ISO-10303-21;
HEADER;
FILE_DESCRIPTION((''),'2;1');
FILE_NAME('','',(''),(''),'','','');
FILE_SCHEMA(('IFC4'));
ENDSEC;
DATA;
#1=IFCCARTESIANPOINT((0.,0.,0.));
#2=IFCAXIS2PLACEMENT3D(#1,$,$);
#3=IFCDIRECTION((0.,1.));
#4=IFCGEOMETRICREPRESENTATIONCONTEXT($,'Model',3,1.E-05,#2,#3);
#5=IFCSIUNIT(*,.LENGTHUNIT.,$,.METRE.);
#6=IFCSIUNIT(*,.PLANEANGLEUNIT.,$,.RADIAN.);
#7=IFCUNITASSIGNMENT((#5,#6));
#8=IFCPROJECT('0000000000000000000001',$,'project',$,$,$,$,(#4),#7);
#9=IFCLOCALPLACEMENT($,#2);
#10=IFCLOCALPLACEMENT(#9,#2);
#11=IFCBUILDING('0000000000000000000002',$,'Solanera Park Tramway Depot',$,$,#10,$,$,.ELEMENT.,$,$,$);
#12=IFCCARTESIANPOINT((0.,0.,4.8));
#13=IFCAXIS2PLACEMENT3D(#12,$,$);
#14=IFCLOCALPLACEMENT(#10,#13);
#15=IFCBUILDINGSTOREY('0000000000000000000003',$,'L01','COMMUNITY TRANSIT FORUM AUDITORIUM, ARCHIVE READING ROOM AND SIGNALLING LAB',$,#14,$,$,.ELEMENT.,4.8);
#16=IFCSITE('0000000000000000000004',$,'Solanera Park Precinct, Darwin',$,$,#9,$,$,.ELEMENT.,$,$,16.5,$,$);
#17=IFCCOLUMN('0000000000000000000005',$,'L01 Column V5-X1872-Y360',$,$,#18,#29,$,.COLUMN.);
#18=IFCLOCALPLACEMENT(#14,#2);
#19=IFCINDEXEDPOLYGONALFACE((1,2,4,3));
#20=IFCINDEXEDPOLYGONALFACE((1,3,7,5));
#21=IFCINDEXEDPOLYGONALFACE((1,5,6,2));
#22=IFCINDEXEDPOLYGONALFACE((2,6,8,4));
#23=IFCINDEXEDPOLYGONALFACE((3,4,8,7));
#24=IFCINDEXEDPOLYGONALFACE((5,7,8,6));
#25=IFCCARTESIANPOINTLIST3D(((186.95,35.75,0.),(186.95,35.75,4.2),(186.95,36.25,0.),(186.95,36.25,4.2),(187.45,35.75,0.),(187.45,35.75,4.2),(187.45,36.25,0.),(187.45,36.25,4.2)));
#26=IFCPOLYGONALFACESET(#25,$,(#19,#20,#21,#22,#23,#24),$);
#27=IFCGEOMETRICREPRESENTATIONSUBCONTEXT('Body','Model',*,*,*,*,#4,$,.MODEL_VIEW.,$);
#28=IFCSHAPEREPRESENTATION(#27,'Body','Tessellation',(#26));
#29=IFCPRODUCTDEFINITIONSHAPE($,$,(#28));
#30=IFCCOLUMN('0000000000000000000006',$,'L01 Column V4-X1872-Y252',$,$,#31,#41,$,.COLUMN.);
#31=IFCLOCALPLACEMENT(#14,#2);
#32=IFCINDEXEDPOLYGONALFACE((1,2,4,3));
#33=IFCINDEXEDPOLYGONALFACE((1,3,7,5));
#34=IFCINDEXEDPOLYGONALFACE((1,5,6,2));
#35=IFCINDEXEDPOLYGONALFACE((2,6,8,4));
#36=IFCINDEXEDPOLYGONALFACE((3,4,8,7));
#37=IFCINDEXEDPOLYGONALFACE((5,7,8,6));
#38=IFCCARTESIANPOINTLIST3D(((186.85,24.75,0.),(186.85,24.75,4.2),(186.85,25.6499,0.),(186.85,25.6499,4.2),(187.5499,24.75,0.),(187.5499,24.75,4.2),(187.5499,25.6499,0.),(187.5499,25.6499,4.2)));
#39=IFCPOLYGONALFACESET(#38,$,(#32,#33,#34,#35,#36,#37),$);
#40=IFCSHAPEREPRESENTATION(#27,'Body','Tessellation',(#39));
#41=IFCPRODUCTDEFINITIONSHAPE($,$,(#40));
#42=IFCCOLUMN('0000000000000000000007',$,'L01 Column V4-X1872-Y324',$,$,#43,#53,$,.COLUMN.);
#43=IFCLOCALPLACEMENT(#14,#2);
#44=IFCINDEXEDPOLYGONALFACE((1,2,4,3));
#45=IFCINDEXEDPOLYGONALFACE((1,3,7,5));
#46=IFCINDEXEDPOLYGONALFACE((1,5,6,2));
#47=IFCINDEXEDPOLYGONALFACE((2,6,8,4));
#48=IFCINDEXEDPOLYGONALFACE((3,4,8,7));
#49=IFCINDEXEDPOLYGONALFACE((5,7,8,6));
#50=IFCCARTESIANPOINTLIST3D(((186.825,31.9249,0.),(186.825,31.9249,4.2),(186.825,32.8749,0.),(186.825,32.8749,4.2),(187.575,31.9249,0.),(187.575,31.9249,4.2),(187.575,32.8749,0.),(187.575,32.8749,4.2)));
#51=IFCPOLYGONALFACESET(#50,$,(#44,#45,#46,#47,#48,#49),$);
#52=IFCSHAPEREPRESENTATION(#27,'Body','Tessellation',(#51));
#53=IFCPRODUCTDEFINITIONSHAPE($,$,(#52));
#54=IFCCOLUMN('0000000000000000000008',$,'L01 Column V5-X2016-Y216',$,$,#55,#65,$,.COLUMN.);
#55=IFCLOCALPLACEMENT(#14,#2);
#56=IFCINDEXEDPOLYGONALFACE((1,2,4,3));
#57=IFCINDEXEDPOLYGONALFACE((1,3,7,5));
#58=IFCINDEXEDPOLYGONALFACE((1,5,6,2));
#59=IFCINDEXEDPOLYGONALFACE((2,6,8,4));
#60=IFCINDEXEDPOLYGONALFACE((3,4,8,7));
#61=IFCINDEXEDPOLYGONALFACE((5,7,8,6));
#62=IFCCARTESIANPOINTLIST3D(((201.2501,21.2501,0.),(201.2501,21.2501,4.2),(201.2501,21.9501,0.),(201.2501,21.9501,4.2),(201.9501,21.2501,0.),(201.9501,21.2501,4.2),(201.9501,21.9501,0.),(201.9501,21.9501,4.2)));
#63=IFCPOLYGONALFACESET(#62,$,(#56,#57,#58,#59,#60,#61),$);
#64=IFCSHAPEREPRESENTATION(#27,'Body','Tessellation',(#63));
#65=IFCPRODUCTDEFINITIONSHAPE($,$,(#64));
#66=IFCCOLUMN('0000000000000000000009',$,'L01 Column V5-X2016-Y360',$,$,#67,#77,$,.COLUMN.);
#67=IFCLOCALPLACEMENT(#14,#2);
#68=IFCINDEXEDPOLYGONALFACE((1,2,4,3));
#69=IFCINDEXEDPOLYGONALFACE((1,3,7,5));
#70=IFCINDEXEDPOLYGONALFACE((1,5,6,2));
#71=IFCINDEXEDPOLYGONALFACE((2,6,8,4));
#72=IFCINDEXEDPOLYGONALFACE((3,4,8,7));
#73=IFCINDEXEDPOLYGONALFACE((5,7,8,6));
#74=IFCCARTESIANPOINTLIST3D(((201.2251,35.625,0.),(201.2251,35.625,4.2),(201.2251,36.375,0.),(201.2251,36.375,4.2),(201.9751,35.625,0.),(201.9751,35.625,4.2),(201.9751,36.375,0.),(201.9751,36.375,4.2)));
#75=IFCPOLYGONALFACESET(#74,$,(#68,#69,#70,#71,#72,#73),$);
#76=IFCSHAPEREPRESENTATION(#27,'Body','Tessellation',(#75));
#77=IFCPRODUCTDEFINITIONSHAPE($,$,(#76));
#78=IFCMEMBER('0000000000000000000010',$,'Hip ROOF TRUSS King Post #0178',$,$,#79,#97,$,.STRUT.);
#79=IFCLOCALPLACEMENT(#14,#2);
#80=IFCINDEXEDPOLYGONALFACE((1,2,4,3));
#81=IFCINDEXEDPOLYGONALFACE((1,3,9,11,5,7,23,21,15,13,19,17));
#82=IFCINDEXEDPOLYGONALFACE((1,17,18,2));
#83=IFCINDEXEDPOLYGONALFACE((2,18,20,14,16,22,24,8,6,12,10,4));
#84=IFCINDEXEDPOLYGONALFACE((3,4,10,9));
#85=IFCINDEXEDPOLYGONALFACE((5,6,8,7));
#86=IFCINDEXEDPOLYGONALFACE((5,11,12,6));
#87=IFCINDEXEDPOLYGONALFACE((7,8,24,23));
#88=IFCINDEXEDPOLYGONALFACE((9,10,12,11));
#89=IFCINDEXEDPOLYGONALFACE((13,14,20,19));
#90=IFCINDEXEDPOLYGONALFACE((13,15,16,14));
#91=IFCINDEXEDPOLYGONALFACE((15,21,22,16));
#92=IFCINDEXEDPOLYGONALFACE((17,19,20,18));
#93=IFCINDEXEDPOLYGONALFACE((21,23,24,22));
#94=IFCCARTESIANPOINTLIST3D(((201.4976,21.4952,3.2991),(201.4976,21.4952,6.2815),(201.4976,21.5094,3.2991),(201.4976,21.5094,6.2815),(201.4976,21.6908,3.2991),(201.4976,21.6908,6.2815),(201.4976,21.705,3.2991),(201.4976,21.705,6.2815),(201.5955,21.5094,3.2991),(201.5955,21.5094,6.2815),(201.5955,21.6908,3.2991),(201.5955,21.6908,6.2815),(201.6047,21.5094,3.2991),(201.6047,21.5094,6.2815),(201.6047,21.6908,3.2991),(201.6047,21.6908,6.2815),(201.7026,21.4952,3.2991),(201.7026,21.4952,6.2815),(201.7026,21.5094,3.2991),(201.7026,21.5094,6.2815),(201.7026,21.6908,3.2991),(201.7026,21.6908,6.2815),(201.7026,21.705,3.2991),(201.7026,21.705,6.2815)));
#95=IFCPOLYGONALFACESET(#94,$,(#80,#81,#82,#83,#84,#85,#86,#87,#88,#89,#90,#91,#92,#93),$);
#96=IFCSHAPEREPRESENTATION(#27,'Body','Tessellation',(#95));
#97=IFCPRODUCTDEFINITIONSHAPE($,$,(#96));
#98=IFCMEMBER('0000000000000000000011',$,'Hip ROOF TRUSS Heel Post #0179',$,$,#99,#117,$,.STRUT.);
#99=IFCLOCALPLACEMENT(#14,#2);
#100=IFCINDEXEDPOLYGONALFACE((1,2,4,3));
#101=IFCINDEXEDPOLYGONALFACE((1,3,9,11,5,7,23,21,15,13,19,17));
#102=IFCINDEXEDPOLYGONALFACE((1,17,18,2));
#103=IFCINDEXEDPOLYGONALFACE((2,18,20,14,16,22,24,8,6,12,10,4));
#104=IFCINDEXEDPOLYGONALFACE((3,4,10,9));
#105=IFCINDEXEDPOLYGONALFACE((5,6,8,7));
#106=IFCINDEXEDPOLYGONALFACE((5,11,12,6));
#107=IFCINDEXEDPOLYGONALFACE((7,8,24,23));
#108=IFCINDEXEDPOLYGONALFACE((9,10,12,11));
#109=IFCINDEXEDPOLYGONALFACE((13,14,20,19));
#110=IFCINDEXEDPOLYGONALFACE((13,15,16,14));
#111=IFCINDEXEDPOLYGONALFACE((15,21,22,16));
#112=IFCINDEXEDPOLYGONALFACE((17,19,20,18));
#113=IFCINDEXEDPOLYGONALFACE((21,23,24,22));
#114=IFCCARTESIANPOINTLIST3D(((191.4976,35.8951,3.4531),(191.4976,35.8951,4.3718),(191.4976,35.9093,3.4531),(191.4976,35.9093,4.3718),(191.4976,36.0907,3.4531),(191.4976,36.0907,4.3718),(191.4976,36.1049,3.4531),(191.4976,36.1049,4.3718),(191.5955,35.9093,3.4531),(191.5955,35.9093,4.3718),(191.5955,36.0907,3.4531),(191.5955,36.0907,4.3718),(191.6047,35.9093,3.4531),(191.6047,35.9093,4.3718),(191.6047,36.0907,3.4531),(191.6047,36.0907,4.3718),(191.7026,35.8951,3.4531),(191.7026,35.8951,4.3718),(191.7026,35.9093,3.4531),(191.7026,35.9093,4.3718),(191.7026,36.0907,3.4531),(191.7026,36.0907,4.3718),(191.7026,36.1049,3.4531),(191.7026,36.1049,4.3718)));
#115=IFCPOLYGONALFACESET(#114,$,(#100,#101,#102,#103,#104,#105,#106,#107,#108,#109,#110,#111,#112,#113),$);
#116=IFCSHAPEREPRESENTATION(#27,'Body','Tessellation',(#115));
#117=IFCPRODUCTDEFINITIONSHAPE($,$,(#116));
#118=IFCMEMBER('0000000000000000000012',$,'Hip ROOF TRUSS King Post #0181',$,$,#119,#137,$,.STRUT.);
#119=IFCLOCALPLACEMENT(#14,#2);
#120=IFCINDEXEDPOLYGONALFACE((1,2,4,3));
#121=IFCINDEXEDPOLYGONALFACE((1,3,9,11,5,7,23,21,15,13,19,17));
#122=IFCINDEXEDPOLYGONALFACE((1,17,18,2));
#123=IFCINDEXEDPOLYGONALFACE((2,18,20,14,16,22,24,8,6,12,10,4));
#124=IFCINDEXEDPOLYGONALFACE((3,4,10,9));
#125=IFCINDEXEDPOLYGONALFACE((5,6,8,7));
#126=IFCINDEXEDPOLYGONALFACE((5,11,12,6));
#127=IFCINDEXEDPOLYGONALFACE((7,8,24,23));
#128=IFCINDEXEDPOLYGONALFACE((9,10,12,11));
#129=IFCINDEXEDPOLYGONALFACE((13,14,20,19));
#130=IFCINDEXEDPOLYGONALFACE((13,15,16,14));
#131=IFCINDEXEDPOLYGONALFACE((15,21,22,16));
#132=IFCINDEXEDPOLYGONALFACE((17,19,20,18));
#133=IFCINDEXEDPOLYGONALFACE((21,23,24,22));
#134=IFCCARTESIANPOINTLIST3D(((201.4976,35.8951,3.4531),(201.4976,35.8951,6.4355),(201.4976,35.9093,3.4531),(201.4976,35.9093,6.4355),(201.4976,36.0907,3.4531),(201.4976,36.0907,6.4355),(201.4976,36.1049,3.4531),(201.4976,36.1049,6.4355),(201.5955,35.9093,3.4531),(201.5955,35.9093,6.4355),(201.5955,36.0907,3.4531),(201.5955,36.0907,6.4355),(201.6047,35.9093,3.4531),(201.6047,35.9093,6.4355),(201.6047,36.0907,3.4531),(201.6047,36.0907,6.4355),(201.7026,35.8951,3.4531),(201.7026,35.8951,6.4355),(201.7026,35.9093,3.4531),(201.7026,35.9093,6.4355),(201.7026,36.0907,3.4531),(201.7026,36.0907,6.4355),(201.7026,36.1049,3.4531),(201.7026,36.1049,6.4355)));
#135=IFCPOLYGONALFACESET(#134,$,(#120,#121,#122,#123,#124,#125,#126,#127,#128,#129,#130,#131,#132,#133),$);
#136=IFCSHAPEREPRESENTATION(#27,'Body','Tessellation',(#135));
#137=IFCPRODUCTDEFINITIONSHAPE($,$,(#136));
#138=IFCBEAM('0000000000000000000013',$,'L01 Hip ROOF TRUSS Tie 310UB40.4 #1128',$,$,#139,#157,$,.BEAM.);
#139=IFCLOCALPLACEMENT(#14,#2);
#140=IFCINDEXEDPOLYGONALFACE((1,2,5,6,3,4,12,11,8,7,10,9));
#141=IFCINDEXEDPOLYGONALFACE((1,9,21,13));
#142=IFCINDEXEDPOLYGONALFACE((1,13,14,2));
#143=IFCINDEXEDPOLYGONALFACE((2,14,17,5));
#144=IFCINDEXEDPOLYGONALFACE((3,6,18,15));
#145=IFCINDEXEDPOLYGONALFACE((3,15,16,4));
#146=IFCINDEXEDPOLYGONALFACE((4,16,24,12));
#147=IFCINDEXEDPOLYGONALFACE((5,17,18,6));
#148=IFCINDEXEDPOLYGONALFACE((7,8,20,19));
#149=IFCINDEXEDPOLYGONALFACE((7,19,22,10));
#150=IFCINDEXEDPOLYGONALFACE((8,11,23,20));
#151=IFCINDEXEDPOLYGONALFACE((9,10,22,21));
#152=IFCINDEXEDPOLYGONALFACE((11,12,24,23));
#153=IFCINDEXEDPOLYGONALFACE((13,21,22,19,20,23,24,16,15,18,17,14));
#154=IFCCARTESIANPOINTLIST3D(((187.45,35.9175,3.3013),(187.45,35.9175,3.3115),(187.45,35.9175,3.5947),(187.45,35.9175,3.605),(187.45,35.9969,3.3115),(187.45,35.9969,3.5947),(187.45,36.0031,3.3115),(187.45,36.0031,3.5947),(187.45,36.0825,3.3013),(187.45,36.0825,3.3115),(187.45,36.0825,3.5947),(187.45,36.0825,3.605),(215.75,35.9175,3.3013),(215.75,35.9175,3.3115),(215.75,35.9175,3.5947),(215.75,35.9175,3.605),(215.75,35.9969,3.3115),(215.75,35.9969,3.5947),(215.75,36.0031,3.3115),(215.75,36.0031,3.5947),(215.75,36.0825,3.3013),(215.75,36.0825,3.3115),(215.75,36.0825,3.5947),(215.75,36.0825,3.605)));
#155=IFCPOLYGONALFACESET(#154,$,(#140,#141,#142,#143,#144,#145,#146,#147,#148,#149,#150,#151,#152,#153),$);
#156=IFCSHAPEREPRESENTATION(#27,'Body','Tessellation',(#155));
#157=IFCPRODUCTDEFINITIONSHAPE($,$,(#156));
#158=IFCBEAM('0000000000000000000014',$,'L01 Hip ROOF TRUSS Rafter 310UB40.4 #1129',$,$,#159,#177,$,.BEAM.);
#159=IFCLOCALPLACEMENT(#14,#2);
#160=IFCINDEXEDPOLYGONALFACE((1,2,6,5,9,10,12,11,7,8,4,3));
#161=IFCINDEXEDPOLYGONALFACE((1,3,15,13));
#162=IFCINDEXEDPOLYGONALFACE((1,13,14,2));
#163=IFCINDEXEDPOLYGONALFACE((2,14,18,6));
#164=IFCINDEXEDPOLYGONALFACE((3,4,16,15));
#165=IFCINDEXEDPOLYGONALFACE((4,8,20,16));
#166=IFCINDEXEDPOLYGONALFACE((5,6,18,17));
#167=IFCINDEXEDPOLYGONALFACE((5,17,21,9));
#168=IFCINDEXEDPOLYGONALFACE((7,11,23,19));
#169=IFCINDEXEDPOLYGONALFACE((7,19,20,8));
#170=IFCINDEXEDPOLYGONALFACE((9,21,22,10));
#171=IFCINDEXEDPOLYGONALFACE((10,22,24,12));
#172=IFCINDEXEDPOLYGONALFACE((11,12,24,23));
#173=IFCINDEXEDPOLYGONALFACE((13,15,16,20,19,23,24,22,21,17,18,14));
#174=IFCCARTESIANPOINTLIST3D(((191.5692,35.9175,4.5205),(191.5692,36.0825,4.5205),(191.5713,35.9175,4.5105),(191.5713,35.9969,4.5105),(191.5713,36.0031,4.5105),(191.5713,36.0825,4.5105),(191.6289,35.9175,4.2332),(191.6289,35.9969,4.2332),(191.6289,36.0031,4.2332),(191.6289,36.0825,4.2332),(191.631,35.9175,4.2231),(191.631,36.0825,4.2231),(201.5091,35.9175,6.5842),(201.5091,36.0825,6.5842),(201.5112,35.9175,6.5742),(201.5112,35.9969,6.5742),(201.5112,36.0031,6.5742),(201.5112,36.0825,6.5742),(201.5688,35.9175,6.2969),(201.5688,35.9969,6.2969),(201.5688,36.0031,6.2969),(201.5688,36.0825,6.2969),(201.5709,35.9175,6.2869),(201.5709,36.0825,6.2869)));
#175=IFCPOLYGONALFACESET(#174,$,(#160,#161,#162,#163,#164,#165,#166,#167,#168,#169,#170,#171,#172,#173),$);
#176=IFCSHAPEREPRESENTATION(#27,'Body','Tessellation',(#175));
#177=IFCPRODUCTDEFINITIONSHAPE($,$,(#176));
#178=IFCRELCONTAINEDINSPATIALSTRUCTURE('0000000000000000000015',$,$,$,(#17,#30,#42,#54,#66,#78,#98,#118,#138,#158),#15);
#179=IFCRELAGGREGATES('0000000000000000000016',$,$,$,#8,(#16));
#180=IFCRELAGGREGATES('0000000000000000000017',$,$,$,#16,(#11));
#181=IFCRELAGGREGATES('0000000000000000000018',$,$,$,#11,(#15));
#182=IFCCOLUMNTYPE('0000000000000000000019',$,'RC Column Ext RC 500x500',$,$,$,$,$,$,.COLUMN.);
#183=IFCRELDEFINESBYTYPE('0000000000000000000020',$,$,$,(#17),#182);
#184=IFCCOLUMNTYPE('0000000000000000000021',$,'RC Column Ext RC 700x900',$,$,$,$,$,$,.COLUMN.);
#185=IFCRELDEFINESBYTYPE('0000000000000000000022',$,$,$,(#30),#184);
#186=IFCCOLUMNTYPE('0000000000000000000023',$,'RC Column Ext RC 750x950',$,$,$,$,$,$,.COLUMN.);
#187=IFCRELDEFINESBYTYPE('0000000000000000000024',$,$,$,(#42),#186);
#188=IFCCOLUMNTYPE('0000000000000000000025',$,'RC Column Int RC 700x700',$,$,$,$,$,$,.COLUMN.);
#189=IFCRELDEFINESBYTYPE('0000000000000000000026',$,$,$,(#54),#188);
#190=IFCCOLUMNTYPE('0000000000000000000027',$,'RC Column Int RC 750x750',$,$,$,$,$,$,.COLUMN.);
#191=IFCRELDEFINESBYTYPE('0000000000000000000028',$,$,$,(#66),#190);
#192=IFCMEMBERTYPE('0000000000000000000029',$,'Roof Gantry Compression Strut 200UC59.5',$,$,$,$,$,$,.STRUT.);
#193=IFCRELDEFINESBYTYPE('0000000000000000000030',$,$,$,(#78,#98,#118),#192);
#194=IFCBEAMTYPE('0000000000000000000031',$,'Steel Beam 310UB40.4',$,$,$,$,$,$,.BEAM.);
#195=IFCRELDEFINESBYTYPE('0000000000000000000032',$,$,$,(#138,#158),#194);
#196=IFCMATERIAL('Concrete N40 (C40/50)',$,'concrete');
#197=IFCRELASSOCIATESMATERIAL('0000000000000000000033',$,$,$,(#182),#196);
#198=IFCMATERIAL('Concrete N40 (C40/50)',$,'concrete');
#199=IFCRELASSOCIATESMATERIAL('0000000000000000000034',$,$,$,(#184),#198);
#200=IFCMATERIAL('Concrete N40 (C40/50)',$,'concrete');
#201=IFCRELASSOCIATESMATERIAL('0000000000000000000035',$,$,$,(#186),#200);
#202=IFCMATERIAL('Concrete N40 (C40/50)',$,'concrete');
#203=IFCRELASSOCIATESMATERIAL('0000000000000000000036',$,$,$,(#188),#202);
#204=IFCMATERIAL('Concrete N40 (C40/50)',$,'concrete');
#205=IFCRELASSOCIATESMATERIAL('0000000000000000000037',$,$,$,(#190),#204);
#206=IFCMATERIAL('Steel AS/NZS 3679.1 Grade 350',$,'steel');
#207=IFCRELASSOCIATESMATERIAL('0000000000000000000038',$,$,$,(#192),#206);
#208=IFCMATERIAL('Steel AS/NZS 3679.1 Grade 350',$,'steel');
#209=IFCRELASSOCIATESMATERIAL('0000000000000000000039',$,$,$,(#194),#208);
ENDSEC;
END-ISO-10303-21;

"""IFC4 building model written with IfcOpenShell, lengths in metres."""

from ifc_helpers import new_model, si_unit, direction, frame, origin, origin_2d, place, context, subcontext, project, spatial, rectangle, i_section, extrude, material, material_profile, profile_set, type_object, element, save


model = new_model("IFC4")

# Units and contexts
model_context = context("Model", 3, precision=1e-05, world=origin(), true_north=direction((0.0, 1.0)))
body_context = subcontext(model_context, "Body", "Model", "MODEL_VIEW")
ifc_project = project(units=[si_unit("LENGTHUNIT", "METRE"), si_unit("PLANEANGLEUNIT", "RADIAN")], contexts=[model_context])

# Site, building, storey
site_placement = place(None, origin())
site = spatial("IfcSite", under=ifc_project, at=site_placement, Name="Solanera Park Precinct, Darwin", CompositionType="ELEMENT", RefElevation=16.5)
building_placement = place(site_placement, origin())
building = spatial("IfcBuilding", under=site, at=building_placement, Name="Solanera Park Tramway Depot", CompositionType="ELEMENT")
storey_placement = place(building_placement, frame((0.0, 0.0, 4.8)))
storey = spatial("IfcBuildingStorey", under=building, at=storey_placement, Name="L01", Description="COMMUNITY TRANSIT FORUM AUDITORIUM, ARCHIVE READING ROOM AND SIGNALLING LAB", CompositionType="ELEMENT", Elevation=4.8)

# Columns
ifc_material_1 = material(Name="Concrete N40 (C40/50)", Category="concrete")
ifc_material_profile_1 = material_profile(ifc_material_1, rectangle(XDim=0.5, YDim=0.5, at=origin_2d()), Name="RC 500x500")
ifc_profile_set_1 = profile_set([ifc_material_profile_1], Name="Concrete N40 (C40/50)")
column_type_1 = type_object("IfcColumnType", Name="RC Column Ext RC 500x500", PredefinedType="COLUMN", material=ifc_profile_set_1)
column_1_placement = place(storey_placement, frame((187.2, 36.0, 0.0), z_axis=(0.0, 0.0, 1.0), x_axis=(1.0, 0.0, 0.0)))
element("IfcColumn", 1, at=column_1_placement, inside=storey, type_object=column_type_1, Name="L01 Column V5-X1872-Y360", PredefinedType="COLUMN", context=body_context, shape_type="SweptSolid", body=[
    extrude(rectangle(XDim=0.5, YDim=0.5, at=origin_2d()), origin(), (0.0, 0.0, 1.0), 4.2),
])
ifc_material_2 = material(Name="Concrete N40 (C40/50)", Category="concrete")
ifc_material_profile_2 = material_profile(ifc_material_2, rectangle(XDim=0.7, YDim=0.8999, at=origin_2d()), Name="RC 700x900")
ifc_profile_set_2 = profile_set([ifc_material_profile_2], Name="Concrete N40 (C40/50)")
column_type_2 = type_object("IfcColumnType", Name="RC Column Ext RC 700x900", PredefinedType="COLUMN", material=ifc_profile_set_2)
column_2_placement = place(storey_placement, frame((187.2, 25.2, 0.0), z_axis=(0.0, 0.0, 1.0), x_axis=(1.0, 0.0, 0.0)))
element("IfcColumn", 2, at=column_2_placement, inside=storey, type_object=column_type_2, Name="L01 Column V4-X1872-Y252", PredefinedType="COLUMN", context=body_context, shape_type="SweptSolid", body=[
    extrude(rectangle(XDim=0.7, YDim=0.8999, at=origin_2d()), origin(), (0.0, 0.0, 1.0), 4.2),
])
ifc_material_3 = material(Name="Concrete N40 (C40/50)", Category="concrete")
ifc_material_profile_3 = material_profile(ifc_material_3, rectangle(XDim=0.75, YDim=0.95, at=origin_2d()), Name="RC 750x950")
ifc_profile_set_3 = profile_set([ifc_material_profile_3], Name="Concrete N40 (C40/50)")
column_type_3 = type_object("IfcColumnType", Name="RC Column Ext RC 750x950", PredefinedType="COLUMN", material=ifc_profile_set_3)
column_3_placement = place(storey_placement, frame((187.2, 32.3999, 0.0), z_axis=(0.0, 0.0, 1.0), x_axis=(1.0, 0.0, 0.0)))
element("IfcColumn", 3, at=column_3_placement, inside=storey, type_object=column_type_3, Name="L01 Column V4-X1872-Y324", PredefinedType="COLUMN", context=body_context, shape_type="SweptSolid", body=[
    extrude(rectangle(XDim=0.75, YDim=0.95, at=origin_2d()), origin(), (0.0, 0.0, 1.0), 4.2),
])
ifc_material_4 = material(Name="Concrete N40 (C40/50)", Category="concrete")
ifc_material_profile_4 = material_profile(ifc_material_4, rectangle(XDim=0.7, YDim=0.7, at=origin_2d()), Name="RC 700x700")
ifc_profile_set_4 = profile_set([ifc_material_profile_4], Name="Concrete N40 (C40/50)")
column_type_4 = type_object("IfcColumnType", Name="RC Column Int RC 700x700", PredefinedType="COLUMN", material=ifc_profile_set_4)
column_4_placement = place(storey_placement, frame((201.6001, 21.6001, 0.0), z_axis=(0.0, 0.0, 1.0), x_axis=(1.0, 0.0, 0.0)))
element("IfcColumn", 4, at=column_4_placement, inside=storey, type_object=column_type_4, Name="L01 Column V5-X2016-Y216", PredefinedType="COLUMN", context=body_context, shape_type="SweptSolid", body=[
    extrude(rectangle(XDim=0.7, YDim=0.7, at=origin_2d()), origin(), (0.0, 0.0, 1.0), 4.2),
])
ifc_material_5 = material(Name="Concrete N40 (C40/50)", Category="concrete")
ifc_material_profile_5 = material_profile(ifc_material_5, rectangle(XDim=0.75, YDim=0.75, at=origin_2d()), Name="RC 750x750")
ifc_profile_set_5 = profile_set([ifc_material_profile_5], Name="Concrete N40 (C40/50)")
column_type_5 = type_object("IfcColumnType", Name="RC Column Int RC 750x750", PredefinedType="COLUMN", material=ifc_profile_set_5)
column_5_placement = place(storey_placement, frame((201.6001, 36.0, 0.0), z_axis=(0.0, 0.0, 1.0), x_axis=(1.0, 0.0, 0.0)))
element("IfcColumn", 5, at=column_5_placement, inside=storey, type_object=column_type_5, Name="L01 Column V5-X2016-Y360", PredefinedType="COLUMN", context=body_context, shape_type="SweptSolid", body=[
    extrude(rectangle(XDim=0.75, YDim=0.75, at=origin_2d()), origin(), (0.0, 0.0, 1.0), 4.2),
])

# Members
ifc_material_6 = material(Name="Steel AS/NZS 3679.1 Grade 350", Category="steel")
ifc_material_profile_6 = material_profile(ifc_material_6, i_section(OverallWidth=0.2051, OverallDepth=0.2097, WebThickness=0.0093, FlangeThickness=0.0142, at=origin_2d()), Name="200UC59.5")
ifc_profile_set_6 = profile_set([ifc_material_profile_6], Name="Steel AS/NZS 3679.1 Grade 350")
member_type_1 = type_object("IfcMemberType", Name="Roof Gantry Compression Strut 200UC59.5", PredefinedType="STRUT", material=ifc_profile_set_6)
member_1_placement = place(storey_placement, frame((201.6001, 21.6001, 3.2991), z_axis=(0.0, 0.0, 1.0), x_axis=(1.0, 0.0, 0.0)))
element("IfcMember", 6, at=member_1_placement, inside=storey, type_object=member_type_1, Name="Hip ROOF TRUSS King Post #0178", PredefinedType="STRUT", context=body_context, shape_type="SweptSolid", body=[
    extrude(i_section(OverallWidth=0.2051, OverallDepth=0.2097, WebThickness=0.0093, FlangeThickness=0.0142, at=origin_2d()), origin(), (0.0, 0.0, 1.0), 2.9824),
])
member_2_placement = place(storey_placement, frame((191.6001, 36.0, 3.4531), z_axis=(0.0, 0.0, 1.0), x_axis=(1.0, 0.0, 0.0)))
element("IfcMember", 7, at=member_2_placement, inside=storey, type_object=member_type_1, Name="Hip ROOF TRUSS Heel Post #0179", PredefinedType="STRUT", context=body_context, shape_type="SweptSolid", body=[
    extrude(i_section(OverallWidth=0.2051, OverallDepth=0.2097, WebThickness=0.0093, FlangeThickness=0.0142, at=origin_2d()), origin(), (0.0, 0.0, 1.0), 0.9187),
])
member_3_placement = place(storey_placement, frame((201.6001, 36.0, 3.4531), z_axis=(0.0, 0.0, 1.0), x_axis=(1.0, 0.0, 0.0)))
element("IfcMember", 8, at=member_3_placement, inside=storey, type_object=member_type_1, Name="Hip ROOF TRUSS King Post #0181", PredefinedType="STRUT", context=body_context, shape_type="SweptSolid", body=[
    extrude(i_section(OverallWidth=0.2051, OverallDepth=0.2097, WebThickness=0.0093, FlangeThickness=0.0142, at=origin_2d()), origin(), (0.0, 0.0, 1.0), 2.9824),
])

# Beams
ifc_material_7 = material(Name="Steel AS/NZS 3679.1 Grade 350", Category="steel")
ifc_material_profile_7 = material_profile(ifc_material_7, i_section(OverallWidth=0.165, OverallDepth=0.3037, WebThickness=0.0061, FlangeThickness=0.0103, at=origin_2d()), Name="310UB40.4")
ifc_profile_set_7 = profile_set([ifc_material_profile_7], Name="Steel AS/NZS 3679.1 Grade 350")
beam_type_1 = type_object("IfcBeamType", Name="Steel Beam 310UB40.4", PredefinedType="BEAM", material=ifc_profile_set_7)
beam_1_placement = place(storey_placement, frame((187.45, 36.0, 3.4531), z_axis=(1.0, 0.0, 0.0), x_axis=(0.0, 1.0, 0.0)))
element("IfcBeam", 9, at=beam_1_placement, inside=storey, type_object=beam_type_1, Name="L01 Hip ROOF TRUSS Tie 310UB40.4 #1128", PredefinedType="BEAM", context=body_context, shape_type="SweptSolid", body=[
    extrude(i_section(OverallWidth=0.165, OverallDepth=0.3037, WebThickness=0.0061, FlangeThickness=0.0103, at=origin_2d()), origin(), (0.0, 0.0, 1.0), 28.3),
])
beam_2_placement = place(storey_placement, frame((191.6001, 36.0, 4.3718), z_axis=(0.97912, 0.0, 0.203284), x_axis=(0.0, 1.0, 0.0)))
element("IfcBeam", 10, at=beam_2_placement, inside=storey, type_object=beam_type_1, Name="L01 Hip ROOF TRUSS Rafter 310UB40.4 #1129", PredefinedType="BEAM", context=body_context, shape_type="SweptSolid", body=[
    extrude(i_section(OverallWidth=0.165, OverallDepth=0.3037, WebThickness=0.0061, FlangeThickness=0.0103, at=origin_2d()), origin(), (0.0, 0.0, 1.0), 10.1519),
])

save(model, "model.ifc")
